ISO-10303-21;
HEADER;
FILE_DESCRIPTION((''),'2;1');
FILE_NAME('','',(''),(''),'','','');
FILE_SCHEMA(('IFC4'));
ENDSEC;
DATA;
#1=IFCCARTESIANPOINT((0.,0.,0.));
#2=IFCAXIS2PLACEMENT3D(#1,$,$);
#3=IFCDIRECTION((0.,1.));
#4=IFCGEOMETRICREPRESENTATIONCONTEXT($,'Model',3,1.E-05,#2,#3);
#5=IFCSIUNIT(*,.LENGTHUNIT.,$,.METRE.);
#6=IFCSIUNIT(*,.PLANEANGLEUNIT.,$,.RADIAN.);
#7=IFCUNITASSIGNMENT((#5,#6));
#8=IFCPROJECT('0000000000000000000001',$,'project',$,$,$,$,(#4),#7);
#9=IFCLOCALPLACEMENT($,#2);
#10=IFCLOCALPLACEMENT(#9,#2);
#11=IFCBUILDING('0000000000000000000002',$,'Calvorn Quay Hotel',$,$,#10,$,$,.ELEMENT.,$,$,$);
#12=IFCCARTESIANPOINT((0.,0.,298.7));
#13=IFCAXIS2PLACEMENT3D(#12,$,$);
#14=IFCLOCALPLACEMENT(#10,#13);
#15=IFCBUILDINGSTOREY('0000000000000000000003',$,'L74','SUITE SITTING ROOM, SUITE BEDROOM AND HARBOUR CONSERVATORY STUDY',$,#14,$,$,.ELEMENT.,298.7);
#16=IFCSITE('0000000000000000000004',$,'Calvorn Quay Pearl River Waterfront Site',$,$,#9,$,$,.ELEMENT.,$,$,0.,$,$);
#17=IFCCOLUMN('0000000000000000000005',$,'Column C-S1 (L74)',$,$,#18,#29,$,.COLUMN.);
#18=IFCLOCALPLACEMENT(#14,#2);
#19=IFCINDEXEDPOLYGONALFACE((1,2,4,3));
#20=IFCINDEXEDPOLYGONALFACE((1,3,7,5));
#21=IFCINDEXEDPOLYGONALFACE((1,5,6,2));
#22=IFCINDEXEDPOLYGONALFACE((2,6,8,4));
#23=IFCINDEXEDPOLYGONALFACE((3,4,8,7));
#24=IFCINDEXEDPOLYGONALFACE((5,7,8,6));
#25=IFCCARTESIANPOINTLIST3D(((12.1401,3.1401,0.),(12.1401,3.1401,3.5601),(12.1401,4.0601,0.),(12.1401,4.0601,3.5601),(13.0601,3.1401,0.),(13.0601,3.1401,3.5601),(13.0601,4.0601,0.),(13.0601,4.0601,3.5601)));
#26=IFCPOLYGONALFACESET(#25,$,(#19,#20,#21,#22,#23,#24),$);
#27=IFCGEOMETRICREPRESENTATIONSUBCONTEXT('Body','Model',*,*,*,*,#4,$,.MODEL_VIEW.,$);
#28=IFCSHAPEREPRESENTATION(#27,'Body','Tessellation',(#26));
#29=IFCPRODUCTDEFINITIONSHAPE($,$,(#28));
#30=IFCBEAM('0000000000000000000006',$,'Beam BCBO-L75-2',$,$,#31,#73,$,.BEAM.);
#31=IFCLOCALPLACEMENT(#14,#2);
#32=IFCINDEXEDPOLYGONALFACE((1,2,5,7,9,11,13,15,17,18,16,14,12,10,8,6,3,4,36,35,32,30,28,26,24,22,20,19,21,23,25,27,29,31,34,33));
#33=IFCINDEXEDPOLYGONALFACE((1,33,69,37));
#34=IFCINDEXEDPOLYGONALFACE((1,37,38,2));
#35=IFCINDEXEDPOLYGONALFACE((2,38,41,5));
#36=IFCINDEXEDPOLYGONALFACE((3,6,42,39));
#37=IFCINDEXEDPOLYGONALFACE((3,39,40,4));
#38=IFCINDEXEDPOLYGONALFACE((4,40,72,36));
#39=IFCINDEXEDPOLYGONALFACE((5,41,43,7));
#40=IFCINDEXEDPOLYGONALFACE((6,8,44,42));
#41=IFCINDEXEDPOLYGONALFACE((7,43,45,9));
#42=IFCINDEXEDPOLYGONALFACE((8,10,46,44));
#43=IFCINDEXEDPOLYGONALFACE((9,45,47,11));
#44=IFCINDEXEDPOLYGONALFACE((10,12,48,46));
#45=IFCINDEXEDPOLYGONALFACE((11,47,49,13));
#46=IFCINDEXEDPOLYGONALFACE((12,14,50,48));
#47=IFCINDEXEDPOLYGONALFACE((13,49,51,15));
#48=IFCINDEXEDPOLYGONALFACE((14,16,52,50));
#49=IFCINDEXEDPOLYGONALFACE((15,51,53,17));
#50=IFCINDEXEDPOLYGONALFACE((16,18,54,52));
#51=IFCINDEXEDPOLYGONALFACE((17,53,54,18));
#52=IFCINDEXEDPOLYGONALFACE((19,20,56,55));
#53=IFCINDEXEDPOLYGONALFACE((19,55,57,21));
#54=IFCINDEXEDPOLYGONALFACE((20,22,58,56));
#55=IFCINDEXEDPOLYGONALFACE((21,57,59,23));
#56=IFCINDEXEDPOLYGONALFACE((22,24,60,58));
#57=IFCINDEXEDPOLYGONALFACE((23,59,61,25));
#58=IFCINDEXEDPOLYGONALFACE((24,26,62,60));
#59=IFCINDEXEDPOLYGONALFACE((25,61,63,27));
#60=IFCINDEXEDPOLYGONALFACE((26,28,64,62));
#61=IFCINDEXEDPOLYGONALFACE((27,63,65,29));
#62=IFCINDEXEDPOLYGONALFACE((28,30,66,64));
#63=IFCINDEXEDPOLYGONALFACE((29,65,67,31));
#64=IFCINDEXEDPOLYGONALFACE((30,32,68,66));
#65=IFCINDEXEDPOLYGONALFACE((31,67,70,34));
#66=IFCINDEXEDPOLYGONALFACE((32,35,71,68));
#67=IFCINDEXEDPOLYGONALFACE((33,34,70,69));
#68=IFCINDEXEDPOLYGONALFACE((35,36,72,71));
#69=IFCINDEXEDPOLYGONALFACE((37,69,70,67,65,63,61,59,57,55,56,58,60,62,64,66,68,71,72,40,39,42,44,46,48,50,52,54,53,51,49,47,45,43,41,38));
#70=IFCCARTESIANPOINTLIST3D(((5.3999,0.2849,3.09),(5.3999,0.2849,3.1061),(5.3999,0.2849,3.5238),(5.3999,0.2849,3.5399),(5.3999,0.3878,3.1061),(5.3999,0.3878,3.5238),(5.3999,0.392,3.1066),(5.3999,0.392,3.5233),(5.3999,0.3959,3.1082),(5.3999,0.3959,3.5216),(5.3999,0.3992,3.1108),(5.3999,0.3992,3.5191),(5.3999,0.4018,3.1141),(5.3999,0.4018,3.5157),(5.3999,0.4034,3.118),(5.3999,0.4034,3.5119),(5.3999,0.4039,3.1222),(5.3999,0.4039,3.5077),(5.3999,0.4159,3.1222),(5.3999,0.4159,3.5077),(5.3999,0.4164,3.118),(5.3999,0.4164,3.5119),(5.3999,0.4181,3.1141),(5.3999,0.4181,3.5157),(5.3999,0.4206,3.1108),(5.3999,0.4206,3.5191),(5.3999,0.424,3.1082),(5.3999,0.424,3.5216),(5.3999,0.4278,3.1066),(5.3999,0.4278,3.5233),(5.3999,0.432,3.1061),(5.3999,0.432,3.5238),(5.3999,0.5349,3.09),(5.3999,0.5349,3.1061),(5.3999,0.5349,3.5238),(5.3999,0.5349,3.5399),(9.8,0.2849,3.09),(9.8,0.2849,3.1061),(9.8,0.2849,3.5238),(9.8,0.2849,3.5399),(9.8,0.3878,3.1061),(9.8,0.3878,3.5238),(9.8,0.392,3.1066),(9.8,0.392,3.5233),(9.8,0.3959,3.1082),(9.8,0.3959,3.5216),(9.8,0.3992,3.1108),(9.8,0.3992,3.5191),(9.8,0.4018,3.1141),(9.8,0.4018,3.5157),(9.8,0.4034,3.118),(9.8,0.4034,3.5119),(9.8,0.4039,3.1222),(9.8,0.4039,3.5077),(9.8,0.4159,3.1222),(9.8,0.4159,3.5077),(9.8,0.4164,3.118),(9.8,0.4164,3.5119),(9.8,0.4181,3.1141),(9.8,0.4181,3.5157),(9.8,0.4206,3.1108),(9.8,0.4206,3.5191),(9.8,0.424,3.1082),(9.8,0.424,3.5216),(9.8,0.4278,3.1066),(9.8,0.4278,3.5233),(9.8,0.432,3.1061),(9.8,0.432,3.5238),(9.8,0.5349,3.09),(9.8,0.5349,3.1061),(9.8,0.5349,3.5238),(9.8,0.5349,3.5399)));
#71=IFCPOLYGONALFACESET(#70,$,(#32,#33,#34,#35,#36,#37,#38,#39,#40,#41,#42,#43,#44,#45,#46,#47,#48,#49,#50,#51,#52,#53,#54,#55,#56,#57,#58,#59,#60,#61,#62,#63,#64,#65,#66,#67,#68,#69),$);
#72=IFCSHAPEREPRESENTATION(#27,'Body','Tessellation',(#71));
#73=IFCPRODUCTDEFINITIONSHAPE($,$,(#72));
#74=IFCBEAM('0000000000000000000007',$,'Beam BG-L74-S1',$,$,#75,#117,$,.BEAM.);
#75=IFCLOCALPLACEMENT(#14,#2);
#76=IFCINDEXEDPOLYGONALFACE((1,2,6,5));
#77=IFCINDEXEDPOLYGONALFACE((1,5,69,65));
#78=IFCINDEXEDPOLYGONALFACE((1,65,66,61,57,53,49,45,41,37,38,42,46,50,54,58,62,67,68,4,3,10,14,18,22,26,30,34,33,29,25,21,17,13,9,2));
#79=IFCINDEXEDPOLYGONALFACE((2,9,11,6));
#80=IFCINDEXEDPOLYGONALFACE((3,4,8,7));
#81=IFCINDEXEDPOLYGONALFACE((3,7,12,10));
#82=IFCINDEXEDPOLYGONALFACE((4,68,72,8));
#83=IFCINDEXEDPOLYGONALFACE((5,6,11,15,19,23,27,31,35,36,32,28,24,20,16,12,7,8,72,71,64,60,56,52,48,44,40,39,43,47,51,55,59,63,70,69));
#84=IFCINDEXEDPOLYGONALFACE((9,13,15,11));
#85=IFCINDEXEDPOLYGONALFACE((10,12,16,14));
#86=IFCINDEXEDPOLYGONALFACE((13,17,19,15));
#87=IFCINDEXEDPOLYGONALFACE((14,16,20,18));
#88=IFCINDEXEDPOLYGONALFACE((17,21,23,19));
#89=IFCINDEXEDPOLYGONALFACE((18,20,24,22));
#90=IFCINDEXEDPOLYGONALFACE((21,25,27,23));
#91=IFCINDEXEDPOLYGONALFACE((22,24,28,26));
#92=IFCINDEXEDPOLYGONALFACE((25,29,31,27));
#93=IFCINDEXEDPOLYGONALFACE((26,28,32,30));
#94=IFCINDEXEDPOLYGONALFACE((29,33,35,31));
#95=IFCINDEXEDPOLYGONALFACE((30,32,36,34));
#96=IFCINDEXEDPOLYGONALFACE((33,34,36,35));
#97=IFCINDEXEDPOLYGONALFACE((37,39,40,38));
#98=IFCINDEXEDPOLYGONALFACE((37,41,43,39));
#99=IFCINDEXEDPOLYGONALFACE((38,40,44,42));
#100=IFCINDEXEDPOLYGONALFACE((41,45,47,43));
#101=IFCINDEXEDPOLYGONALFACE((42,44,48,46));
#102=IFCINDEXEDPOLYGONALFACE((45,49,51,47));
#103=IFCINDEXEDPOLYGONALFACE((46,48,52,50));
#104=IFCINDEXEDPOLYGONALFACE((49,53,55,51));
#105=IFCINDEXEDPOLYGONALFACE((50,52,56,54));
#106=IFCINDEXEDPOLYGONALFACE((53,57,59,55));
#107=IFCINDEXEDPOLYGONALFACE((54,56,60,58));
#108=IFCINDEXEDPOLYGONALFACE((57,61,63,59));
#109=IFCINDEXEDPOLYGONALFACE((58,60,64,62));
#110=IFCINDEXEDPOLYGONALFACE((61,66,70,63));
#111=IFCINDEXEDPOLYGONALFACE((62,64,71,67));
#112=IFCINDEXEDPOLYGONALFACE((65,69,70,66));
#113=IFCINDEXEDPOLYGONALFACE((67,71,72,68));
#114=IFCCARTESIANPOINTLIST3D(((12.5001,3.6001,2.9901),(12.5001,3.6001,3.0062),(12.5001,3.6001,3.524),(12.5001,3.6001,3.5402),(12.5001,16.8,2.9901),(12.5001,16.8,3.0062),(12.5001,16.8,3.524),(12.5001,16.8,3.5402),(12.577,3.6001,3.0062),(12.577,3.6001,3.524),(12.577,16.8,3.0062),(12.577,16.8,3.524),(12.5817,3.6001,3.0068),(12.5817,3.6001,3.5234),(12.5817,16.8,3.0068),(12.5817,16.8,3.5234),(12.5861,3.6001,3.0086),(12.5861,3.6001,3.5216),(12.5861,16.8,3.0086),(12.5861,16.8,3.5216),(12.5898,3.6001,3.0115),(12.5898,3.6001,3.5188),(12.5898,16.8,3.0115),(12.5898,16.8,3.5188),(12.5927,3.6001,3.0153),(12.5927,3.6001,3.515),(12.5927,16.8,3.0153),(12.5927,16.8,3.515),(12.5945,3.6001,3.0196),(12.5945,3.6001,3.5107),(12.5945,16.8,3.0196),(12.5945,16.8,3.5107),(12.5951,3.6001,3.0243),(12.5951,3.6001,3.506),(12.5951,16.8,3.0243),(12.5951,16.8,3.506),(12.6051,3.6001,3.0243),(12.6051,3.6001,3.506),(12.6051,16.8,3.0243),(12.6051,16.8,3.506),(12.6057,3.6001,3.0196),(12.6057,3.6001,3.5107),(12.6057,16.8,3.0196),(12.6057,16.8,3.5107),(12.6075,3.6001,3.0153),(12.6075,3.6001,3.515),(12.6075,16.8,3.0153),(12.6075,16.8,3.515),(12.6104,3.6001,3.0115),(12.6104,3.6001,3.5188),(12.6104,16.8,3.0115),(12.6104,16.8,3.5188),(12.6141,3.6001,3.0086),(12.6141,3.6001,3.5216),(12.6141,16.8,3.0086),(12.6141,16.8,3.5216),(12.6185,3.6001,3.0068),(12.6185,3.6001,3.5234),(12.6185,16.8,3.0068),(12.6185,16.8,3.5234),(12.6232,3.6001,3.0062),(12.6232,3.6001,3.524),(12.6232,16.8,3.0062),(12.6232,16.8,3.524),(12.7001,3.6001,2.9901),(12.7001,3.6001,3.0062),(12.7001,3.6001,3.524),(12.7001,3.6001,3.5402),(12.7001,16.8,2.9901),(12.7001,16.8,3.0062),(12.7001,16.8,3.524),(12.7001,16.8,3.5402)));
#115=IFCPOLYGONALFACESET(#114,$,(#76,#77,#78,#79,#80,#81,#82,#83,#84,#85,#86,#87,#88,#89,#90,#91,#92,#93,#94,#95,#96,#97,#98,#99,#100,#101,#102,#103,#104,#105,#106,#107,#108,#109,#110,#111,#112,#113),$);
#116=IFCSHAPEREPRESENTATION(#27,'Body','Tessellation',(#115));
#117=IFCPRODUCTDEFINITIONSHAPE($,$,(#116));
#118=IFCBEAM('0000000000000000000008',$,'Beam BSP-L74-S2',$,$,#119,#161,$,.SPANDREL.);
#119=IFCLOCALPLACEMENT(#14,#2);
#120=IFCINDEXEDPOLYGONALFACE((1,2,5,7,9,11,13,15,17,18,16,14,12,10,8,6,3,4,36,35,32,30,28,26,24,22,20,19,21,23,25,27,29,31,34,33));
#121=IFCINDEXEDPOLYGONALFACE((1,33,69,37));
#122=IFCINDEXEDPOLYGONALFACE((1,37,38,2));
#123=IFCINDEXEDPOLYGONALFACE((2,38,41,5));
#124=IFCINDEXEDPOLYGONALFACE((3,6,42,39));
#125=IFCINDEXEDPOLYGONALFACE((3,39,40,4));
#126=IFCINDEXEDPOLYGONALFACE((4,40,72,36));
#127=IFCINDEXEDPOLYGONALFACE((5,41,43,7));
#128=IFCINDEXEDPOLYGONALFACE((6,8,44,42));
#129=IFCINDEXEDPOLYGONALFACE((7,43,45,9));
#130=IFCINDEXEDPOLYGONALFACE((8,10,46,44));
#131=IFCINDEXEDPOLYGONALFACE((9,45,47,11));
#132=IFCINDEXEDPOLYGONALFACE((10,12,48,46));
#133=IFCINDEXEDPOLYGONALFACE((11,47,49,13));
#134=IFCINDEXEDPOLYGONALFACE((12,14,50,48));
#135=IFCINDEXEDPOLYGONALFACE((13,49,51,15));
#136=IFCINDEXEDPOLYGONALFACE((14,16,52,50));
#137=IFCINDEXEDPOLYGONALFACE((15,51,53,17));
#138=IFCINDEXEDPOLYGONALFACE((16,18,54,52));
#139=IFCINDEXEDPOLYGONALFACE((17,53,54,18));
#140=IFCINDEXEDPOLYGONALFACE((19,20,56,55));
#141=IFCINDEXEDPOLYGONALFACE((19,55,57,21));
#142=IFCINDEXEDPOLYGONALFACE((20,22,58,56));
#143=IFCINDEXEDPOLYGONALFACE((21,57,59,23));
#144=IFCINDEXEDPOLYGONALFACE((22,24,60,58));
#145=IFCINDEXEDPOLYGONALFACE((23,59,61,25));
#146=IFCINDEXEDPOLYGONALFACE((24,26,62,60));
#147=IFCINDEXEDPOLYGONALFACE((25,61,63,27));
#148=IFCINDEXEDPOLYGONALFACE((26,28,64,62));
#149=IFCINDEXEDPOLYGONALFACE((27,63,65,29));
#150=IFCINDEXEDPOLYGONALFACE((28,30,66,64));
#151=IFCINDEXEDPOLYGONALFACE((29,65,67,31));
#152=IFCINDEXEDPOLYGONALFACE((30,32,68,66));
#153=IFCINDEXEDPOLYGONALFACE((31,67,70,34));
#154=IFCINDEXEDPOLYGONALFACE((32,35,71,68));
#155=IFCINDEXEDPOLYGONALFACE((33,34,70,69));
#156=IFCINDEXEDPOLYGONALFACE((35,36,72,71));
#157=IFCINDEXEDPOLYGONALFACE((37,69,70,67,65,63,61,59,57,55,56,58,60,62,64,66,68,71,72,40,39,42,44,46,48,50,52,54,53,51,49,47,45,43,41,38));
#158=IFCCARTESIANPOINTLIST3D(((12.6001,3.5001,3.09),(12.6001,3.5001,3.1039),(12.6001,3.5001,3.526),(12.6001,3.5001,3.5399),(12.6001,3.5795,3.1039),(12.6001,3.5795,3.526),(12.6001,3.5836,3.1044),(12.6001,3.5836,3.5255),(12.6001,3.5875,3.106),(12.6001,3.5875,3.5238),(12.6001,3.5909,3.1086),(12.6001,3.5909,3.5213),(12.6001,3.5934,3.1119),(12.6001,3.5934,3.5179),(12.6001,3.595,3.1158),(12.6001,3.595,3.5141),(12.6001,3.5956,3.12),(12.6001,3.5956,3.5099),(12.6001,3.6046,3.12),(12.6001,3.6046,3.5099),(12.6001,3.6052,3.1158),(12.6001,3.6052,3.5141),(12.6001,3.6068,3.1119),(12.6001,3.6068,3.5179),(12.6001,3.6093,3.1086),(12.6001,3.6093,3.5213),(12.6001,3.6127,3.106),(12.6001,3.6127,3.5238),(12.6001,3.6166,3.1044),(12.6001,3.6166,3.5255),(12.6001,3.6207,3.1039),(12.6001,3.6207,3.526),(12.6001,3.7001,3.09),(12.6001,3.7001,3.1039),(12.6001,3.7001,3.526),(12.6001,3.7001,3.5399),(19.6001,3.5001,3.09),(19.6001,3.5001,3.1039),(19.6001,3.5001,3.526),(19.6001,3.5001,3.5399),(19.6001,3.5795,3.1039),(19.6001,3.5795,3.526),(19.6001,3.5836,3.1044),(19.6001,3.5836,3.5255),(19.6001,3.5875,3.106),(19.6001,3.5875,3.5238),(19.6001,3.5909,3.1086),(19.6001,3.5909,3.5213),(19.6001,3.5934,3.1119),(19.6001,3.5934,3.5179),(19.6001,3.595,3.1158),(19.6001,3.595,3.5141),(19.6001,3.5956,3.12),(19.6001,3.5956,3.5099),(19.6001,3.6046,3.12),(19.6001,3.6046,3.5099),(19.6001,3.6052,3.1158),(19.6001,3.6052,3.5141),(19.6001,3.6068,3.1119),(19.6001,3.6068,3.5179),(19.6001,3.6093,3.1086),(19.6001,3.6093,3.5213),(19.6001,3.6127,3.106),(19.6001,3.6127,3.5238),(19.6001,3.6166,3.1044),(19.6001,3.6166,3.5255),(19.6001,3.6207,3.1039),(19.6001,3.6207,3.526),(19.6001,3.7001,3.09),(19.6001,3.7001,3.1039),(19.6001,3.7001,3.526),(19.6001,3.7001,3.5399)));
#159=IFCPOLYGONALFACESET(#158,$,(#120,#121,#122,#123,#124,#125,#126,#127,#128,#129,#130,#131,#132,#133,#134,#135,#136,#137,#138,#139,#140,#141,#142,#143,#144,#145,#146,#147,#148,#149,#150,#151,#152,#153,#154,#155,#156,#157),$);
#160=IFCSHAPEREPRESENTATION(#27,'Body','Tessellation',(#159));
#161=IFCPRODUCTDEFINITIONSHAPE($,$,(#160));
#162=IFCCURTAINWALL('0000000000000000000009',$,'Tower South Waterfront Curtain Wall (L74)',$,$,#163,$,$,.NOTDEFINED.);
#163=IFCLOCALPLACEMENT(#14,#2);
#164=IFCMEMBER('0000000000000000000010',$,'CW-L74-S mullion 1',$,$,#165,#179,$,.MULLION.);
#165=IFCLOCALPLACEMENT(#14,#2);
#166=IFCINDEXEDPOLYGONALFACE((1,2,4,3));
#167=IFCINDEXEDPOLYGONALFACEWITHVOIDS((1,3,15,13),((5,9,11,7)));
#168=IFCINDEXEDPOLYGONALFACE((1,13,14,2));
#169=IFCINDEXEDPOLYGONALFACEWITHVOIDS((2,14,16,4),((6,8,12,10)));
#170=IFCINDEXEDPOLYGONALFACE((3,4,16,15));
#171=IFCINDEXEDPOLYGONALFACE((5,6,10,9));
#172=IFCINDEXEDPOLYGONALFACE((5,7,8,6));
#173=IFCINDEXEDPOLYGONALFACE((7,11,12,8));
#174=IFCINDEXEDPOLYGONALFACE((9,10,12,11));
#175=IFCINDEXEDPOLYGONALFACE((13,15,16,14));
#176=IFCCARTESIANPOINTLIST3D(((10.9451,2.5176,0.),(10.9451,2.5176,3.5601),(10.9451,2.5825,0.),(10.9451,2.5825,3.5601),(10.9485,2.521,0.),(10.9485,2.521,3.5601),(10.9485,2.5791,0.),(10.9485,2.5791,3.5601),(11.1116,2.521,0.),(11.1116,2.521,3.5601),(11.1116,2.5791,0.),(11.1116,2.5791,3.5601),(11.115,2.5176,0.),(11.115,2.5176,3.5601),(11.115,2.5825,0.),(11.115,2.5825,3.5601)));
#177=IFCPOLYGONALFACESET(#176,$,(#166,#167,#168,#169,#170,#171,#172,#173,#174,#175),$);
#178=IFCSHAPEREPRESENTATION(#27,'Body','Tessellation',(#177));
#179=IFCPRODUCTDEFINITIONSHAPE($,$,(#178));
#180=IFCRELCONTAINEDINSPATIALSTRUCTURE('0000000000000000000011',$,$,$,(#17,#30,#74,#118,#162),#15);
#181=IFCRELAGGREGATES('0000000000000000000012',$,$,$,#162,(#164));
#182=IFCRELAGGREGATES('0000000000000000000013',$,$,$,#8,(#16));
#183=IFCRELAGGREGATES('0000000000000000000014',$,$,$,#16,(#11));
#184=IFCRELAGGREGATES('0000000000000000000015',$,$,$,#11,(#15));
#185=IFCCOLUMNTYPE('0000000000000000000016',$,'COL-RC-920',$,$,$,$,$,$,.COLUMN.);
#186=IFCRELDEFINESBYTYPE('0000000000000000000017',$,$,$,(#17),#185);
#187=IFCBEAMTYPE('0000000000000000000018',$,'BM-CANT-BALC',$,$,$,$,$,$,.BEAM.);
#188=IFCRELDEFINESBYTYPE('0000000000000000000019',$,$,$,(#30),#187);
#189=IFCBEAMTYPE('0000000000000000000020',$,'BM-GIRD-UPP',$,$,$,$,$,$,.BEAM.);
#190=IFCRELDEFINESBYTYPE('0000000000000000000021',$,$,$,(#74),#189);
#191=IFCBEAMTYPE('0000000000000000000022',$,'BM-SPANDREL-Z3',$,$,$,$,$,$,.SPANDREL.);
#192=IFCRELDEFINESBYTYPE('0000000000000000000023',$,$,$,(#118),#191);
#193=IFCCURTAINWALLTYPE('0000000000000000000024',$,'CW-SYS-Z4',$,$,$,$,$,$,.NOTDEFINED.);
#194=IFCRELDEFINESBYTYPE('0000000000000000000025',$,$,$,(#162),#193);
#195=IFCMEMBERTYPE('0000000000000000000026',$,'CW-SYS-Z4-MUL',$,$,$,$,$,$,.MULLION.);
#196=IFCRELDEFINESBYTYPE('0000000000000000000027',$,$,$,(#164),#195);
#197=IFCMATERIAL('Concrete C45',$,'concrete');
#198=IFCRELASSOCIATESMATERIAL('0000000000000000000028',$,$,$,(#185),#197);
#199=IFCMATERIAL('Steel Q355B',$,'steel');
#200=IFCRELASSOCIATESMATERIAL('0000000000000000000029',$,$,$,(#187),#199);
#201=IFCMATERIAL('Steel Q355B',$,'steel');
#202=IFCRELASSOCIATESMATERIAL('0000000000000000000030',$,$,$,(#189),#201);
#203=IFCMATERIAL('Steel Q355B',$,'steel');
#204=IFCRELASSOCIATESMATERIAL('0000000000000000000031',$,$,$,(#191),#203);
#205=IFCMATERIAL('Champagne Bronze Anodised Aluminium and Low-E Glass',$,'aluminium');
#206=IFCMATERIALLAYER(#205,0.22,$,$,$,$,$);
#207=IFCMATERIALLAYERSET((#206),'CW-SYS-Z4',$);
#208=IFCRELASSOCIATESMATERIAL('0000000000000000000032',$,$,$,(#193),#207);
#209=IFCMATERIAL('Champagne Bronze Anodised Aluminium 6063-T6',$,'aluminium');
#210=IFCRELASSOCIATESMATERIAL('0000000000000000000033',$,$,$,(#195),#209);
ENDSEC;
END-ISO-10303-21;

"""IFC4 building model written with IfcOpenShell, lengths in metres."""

from ifc_helpers import new_model, si_unit, direction, frame, origin, origin_2d, place, context, subcontext, project, spatial, rectangle, hollow_rectangle, i_section, extrude, material, layer, layer_set, material_profile, profile_set, type_object, element, aggregate, save


model = new_model("IFC4")

# Units and contexts
model_context = context("Model", 3, precision=1e-05, world=origin(), true_north=direction((0.0, 1.0)))
body_context = subcontext(model_context, "Body", "Model", "MODEL_VIEW")
ifc_project = project(units=[si_unit("LENGTHUNIT", "METRE"), si_unit("PLANEANGLEUNIT", "RADIAN")], contexts=[model_context])

# Site, building, storey
site_placement = place(None, origin())
site = spatial("IfcSite", under=ifc_project, at=site_placement, Name="Calvorn Quay Pearl River Waterfront Site", CompositionType="ELEMENT", RefElevation=0.0)
building_placement = place(site_placement, origin())
building = spatial("IfcBuilding", under=site, at=building_placement, Name="Calvorn Quay Hotel", CompositionType="ELEMENT")
storey_placement = place(building_placement, frame((0.0, 0.0, 298.7)))
storey = spatial("IfcBuildingStorey", under=building, at=storey_placement, Name="L74", Description="SUITE SITTING ROOM, SUITE BEDROOM AND HARBOUR CONSERVATORY STUDY", CompositionType="ELEMENT", Elevation=298.7)

# Column
ifc_material_1 = material(Name="Concrete C45", Category="concrete")
ifc_material_profile_1 = material_profile(ifc_material_1, rectangle(XDim=0.9199, YDim=0.9199, at=origin_2d()), Name="RC920x920")
ifc_profile_set_1 = profile_set([ifc_material_profile_1], Name="Concrete C45")
column_type = type_object("IfcColumnType", Name="COL-RC-920", PredefinedType="COLUMN", material=ifc_profile_set_1)
column_placement = place(storey_placement, frame((12.6001, 3.6001, 0.0), z_axis=(0.0, 0.0, 1.0), x_axis=(1.0, 0.0, 0.0)))
element("IfcColumn", 1, at=column_placement, inside=storey, type_object=column_type, Name="Column C-S1 (L74)", PredefinedType="COLUMN", context=body_context, shape_type="SweptSolid", body=[
    extrude(rectangle(XDim=0.9199, YDim=0.9199, at=origin_2d()), origin(), (0.0, 0.0, 1.0), 3.5601),
])

# Beams
ifc_material_2 = material(Name="Steel Q355B", Category="steel")
ifc_material_profile_2 = material_profile(ifc_material_2, i_section(OverallWidth=0.25, OverallDepth=0.45, WebThickness=0.012, FlangeThickness=0.0161, FilletRadius=0.0161, at=origin_2d()), Name="HN450x250x12x16")
ifc_profile_set_2 = profile_set([ifc_material_profile_2], Name="Steel Q355B")
beam_type_1 = type_object("IfcBeamType", Name="BM-CANT-BALC", PredefinedType="BEAM", material=ifc_profile_set_2)
beam_1_placement = place(storey_placement, frame((5.3999, 0.4099, 3.3149), z_axis=(1.0, 0.0, 0.0), x_axis=(0.0, 1.0, 0.0)))
element("IfcBeam", 2, at=beam_1_placement, inside=storey, type_object=beam_type_1, Name="Beam BCBO-L75-2", PredefinedType="BEAM", context=body_context, shape_type="SweptSolid", body=[
    extrude(i_section(OverallWidth=0.25, OverallDepth=0.45, WebThickness=0.012, FlangeThickness=0.0161, FilletRadius=0.0161, at=origin_2d()), origin(), (0.0, 0.0, 1.0), 4.4001),
])
ifc_material_3 = material(Name="Steel Q355B", Category="steel")
ifc_material_profile_3 = material_profile(ifc_material_3, i_section(OverallWidth=0.2, OverallDepth=0.55, WebThickness=0.01, FlangeThickness=0.0161, FilletRadius=0.0181, at=origin_2d()), Name="HN550x200x10x16")
ifc_profile_set_3 = profile_set([ifc_material_profile_3], Name="Steel Q355B")
beam_type_2 = type_object("IfcBeamType", Name="BM-GIRD-UPP", PredefinedType="BEAM", material=ifc_profile_set_3)
beam_2_placement = place(storey_placement, frame((12.6001, 3.6001, 3.2651), z_axis=(0.0, 1.0, 0.0), x_axis=(-1.0, 0.0, 0.0)))
element("IfcBeam", 3, at=beam_2_placement, inside=storey, type_object=beam_type_2, Name="Beam BG-L74-S1", PredefinedType="BEAM", context=body_context, shape_type="SweptSolid", body=[
    extrude(i_section(OverallWidth=0.2, OverallDepth=0.55, WebThickness=0.01, FlangeThickness=0.0161, FilletRadius=0.0181, at=origin_2d()), origin(), (0.0, 0.0, 1.0), 13.2),
])
ifc_material_4 = material(Name="Steel Q355B", Category="steel")
ifc_material_profile_4 = material_profile(ifc_material_4, i_section(OverallWidth=0.2, OverallDepth=0.45, WebThickness=0.009, FlangeThickness=0.0139, FilletRadius=0.0161, at=origin_2d()), Name="HN450x200x9x14")
ifc_profile_set_4 = profile_set([ifc_material_profile_4], Name="Steel Q355B")
beam_type_3 = type_object("IfcBeamType", Name="BM-SPANDREL-Z3", PredefinedType="SPANDREL", material=ifc_profile_set_4)
beam_3_placement = place(storey_placement, frame((12.6001, 3.6001, 3.3149), z_axis=(1.0, 0.0, 0.0), x_axis=(0.0, 1.0, 0.0)))
element("IfcBeam", 4, at=beam_3_placement, inside=storey, type_object=beam_type_3, Name="Beam BSP-L74-S2", PredefinedType="SPANDREL", context=body_context, shape_type="SweptSolid", body=[
    extrude(i_section(OverallWidth=0.2, OverallDepth=0.45, WebThickness=0.009, FlangeThickness=0.0139, FilletRadius=0.0161, at=origin_2d()), origin(), (0.0, 0.0, 1.0), 7.0),
])

# Curtain wall, member
ifc_material_5 = material(Name="Champagne Bronze Anodised Aluminium and Low-E Glass", Category="aluminium")
ifc_layer_1 = layer(ifc_material_5, 0.22)
ifc_layer_set_1 = layer_set([ifc_layer_1], Name="CW-SYS-Z4")
curtain_wall_type = type_object("IfcCurtainWallType", Name="CW-SYS-Z4", PredefinedType="NOTDEFINED", material=ifc_layer_set_1)
curtain_wall_placement = place(storey_placement, origin())
curtain_wall = element("IfcCurtainWall", 5, at=curtain_wall_placement, inside=storey, type_object=curtain_wall_type, Name="Tower South Waterfront Curtain Wall (L74)", PredefinedType="NOTDEFINED")
ifc_material_6 = material(Name="Champagne Bronze Anodised Aluminium 6063-T6", Category="aluminium")
ifc_material_profile_5 = material_profile(ifc_material_6, hollow_rectangle(XDim=0.0649, YDim=0.1699, WallThickness=0.0034, at=origin_2d()), Name="ALU-M170x65x3.5")
ifc_profile_set_5 = profile_set([ifc_material_profile_5], Name="Champagne Bronze Anodised Aluminium 6063-T6")
member_type_1 = type_object("IfcMemberType", Name="CW-SYS-Z4-MUL", PredefinedType="MULLION", material=ifc_profile_set_5)
member_1_placement = place(storey_placement, frame((11.03, 2.55, 0.0), z_axis=(0.0, 0.0, 1.0), x_axis=(0.0, 1.0, 0.0)))
member_1 = element("IfcMember", 6, at=member_1_placement, type_object=member_type_1, Name="CW-L74-S mullion 1", PredefinedType="MULLION", context=body_context, shape_type="SweptSolid", body=[
    extrude(hollow_rectangle(XDim=0.0649, YDim=0.1699, WallThickness=0.0034, at=origin_2d()), origin(), (0.0, 0.0, 1.0), 3.5601),
])
aggregate(curtain_wall, [member_1])

save(model, "model.ifc")
